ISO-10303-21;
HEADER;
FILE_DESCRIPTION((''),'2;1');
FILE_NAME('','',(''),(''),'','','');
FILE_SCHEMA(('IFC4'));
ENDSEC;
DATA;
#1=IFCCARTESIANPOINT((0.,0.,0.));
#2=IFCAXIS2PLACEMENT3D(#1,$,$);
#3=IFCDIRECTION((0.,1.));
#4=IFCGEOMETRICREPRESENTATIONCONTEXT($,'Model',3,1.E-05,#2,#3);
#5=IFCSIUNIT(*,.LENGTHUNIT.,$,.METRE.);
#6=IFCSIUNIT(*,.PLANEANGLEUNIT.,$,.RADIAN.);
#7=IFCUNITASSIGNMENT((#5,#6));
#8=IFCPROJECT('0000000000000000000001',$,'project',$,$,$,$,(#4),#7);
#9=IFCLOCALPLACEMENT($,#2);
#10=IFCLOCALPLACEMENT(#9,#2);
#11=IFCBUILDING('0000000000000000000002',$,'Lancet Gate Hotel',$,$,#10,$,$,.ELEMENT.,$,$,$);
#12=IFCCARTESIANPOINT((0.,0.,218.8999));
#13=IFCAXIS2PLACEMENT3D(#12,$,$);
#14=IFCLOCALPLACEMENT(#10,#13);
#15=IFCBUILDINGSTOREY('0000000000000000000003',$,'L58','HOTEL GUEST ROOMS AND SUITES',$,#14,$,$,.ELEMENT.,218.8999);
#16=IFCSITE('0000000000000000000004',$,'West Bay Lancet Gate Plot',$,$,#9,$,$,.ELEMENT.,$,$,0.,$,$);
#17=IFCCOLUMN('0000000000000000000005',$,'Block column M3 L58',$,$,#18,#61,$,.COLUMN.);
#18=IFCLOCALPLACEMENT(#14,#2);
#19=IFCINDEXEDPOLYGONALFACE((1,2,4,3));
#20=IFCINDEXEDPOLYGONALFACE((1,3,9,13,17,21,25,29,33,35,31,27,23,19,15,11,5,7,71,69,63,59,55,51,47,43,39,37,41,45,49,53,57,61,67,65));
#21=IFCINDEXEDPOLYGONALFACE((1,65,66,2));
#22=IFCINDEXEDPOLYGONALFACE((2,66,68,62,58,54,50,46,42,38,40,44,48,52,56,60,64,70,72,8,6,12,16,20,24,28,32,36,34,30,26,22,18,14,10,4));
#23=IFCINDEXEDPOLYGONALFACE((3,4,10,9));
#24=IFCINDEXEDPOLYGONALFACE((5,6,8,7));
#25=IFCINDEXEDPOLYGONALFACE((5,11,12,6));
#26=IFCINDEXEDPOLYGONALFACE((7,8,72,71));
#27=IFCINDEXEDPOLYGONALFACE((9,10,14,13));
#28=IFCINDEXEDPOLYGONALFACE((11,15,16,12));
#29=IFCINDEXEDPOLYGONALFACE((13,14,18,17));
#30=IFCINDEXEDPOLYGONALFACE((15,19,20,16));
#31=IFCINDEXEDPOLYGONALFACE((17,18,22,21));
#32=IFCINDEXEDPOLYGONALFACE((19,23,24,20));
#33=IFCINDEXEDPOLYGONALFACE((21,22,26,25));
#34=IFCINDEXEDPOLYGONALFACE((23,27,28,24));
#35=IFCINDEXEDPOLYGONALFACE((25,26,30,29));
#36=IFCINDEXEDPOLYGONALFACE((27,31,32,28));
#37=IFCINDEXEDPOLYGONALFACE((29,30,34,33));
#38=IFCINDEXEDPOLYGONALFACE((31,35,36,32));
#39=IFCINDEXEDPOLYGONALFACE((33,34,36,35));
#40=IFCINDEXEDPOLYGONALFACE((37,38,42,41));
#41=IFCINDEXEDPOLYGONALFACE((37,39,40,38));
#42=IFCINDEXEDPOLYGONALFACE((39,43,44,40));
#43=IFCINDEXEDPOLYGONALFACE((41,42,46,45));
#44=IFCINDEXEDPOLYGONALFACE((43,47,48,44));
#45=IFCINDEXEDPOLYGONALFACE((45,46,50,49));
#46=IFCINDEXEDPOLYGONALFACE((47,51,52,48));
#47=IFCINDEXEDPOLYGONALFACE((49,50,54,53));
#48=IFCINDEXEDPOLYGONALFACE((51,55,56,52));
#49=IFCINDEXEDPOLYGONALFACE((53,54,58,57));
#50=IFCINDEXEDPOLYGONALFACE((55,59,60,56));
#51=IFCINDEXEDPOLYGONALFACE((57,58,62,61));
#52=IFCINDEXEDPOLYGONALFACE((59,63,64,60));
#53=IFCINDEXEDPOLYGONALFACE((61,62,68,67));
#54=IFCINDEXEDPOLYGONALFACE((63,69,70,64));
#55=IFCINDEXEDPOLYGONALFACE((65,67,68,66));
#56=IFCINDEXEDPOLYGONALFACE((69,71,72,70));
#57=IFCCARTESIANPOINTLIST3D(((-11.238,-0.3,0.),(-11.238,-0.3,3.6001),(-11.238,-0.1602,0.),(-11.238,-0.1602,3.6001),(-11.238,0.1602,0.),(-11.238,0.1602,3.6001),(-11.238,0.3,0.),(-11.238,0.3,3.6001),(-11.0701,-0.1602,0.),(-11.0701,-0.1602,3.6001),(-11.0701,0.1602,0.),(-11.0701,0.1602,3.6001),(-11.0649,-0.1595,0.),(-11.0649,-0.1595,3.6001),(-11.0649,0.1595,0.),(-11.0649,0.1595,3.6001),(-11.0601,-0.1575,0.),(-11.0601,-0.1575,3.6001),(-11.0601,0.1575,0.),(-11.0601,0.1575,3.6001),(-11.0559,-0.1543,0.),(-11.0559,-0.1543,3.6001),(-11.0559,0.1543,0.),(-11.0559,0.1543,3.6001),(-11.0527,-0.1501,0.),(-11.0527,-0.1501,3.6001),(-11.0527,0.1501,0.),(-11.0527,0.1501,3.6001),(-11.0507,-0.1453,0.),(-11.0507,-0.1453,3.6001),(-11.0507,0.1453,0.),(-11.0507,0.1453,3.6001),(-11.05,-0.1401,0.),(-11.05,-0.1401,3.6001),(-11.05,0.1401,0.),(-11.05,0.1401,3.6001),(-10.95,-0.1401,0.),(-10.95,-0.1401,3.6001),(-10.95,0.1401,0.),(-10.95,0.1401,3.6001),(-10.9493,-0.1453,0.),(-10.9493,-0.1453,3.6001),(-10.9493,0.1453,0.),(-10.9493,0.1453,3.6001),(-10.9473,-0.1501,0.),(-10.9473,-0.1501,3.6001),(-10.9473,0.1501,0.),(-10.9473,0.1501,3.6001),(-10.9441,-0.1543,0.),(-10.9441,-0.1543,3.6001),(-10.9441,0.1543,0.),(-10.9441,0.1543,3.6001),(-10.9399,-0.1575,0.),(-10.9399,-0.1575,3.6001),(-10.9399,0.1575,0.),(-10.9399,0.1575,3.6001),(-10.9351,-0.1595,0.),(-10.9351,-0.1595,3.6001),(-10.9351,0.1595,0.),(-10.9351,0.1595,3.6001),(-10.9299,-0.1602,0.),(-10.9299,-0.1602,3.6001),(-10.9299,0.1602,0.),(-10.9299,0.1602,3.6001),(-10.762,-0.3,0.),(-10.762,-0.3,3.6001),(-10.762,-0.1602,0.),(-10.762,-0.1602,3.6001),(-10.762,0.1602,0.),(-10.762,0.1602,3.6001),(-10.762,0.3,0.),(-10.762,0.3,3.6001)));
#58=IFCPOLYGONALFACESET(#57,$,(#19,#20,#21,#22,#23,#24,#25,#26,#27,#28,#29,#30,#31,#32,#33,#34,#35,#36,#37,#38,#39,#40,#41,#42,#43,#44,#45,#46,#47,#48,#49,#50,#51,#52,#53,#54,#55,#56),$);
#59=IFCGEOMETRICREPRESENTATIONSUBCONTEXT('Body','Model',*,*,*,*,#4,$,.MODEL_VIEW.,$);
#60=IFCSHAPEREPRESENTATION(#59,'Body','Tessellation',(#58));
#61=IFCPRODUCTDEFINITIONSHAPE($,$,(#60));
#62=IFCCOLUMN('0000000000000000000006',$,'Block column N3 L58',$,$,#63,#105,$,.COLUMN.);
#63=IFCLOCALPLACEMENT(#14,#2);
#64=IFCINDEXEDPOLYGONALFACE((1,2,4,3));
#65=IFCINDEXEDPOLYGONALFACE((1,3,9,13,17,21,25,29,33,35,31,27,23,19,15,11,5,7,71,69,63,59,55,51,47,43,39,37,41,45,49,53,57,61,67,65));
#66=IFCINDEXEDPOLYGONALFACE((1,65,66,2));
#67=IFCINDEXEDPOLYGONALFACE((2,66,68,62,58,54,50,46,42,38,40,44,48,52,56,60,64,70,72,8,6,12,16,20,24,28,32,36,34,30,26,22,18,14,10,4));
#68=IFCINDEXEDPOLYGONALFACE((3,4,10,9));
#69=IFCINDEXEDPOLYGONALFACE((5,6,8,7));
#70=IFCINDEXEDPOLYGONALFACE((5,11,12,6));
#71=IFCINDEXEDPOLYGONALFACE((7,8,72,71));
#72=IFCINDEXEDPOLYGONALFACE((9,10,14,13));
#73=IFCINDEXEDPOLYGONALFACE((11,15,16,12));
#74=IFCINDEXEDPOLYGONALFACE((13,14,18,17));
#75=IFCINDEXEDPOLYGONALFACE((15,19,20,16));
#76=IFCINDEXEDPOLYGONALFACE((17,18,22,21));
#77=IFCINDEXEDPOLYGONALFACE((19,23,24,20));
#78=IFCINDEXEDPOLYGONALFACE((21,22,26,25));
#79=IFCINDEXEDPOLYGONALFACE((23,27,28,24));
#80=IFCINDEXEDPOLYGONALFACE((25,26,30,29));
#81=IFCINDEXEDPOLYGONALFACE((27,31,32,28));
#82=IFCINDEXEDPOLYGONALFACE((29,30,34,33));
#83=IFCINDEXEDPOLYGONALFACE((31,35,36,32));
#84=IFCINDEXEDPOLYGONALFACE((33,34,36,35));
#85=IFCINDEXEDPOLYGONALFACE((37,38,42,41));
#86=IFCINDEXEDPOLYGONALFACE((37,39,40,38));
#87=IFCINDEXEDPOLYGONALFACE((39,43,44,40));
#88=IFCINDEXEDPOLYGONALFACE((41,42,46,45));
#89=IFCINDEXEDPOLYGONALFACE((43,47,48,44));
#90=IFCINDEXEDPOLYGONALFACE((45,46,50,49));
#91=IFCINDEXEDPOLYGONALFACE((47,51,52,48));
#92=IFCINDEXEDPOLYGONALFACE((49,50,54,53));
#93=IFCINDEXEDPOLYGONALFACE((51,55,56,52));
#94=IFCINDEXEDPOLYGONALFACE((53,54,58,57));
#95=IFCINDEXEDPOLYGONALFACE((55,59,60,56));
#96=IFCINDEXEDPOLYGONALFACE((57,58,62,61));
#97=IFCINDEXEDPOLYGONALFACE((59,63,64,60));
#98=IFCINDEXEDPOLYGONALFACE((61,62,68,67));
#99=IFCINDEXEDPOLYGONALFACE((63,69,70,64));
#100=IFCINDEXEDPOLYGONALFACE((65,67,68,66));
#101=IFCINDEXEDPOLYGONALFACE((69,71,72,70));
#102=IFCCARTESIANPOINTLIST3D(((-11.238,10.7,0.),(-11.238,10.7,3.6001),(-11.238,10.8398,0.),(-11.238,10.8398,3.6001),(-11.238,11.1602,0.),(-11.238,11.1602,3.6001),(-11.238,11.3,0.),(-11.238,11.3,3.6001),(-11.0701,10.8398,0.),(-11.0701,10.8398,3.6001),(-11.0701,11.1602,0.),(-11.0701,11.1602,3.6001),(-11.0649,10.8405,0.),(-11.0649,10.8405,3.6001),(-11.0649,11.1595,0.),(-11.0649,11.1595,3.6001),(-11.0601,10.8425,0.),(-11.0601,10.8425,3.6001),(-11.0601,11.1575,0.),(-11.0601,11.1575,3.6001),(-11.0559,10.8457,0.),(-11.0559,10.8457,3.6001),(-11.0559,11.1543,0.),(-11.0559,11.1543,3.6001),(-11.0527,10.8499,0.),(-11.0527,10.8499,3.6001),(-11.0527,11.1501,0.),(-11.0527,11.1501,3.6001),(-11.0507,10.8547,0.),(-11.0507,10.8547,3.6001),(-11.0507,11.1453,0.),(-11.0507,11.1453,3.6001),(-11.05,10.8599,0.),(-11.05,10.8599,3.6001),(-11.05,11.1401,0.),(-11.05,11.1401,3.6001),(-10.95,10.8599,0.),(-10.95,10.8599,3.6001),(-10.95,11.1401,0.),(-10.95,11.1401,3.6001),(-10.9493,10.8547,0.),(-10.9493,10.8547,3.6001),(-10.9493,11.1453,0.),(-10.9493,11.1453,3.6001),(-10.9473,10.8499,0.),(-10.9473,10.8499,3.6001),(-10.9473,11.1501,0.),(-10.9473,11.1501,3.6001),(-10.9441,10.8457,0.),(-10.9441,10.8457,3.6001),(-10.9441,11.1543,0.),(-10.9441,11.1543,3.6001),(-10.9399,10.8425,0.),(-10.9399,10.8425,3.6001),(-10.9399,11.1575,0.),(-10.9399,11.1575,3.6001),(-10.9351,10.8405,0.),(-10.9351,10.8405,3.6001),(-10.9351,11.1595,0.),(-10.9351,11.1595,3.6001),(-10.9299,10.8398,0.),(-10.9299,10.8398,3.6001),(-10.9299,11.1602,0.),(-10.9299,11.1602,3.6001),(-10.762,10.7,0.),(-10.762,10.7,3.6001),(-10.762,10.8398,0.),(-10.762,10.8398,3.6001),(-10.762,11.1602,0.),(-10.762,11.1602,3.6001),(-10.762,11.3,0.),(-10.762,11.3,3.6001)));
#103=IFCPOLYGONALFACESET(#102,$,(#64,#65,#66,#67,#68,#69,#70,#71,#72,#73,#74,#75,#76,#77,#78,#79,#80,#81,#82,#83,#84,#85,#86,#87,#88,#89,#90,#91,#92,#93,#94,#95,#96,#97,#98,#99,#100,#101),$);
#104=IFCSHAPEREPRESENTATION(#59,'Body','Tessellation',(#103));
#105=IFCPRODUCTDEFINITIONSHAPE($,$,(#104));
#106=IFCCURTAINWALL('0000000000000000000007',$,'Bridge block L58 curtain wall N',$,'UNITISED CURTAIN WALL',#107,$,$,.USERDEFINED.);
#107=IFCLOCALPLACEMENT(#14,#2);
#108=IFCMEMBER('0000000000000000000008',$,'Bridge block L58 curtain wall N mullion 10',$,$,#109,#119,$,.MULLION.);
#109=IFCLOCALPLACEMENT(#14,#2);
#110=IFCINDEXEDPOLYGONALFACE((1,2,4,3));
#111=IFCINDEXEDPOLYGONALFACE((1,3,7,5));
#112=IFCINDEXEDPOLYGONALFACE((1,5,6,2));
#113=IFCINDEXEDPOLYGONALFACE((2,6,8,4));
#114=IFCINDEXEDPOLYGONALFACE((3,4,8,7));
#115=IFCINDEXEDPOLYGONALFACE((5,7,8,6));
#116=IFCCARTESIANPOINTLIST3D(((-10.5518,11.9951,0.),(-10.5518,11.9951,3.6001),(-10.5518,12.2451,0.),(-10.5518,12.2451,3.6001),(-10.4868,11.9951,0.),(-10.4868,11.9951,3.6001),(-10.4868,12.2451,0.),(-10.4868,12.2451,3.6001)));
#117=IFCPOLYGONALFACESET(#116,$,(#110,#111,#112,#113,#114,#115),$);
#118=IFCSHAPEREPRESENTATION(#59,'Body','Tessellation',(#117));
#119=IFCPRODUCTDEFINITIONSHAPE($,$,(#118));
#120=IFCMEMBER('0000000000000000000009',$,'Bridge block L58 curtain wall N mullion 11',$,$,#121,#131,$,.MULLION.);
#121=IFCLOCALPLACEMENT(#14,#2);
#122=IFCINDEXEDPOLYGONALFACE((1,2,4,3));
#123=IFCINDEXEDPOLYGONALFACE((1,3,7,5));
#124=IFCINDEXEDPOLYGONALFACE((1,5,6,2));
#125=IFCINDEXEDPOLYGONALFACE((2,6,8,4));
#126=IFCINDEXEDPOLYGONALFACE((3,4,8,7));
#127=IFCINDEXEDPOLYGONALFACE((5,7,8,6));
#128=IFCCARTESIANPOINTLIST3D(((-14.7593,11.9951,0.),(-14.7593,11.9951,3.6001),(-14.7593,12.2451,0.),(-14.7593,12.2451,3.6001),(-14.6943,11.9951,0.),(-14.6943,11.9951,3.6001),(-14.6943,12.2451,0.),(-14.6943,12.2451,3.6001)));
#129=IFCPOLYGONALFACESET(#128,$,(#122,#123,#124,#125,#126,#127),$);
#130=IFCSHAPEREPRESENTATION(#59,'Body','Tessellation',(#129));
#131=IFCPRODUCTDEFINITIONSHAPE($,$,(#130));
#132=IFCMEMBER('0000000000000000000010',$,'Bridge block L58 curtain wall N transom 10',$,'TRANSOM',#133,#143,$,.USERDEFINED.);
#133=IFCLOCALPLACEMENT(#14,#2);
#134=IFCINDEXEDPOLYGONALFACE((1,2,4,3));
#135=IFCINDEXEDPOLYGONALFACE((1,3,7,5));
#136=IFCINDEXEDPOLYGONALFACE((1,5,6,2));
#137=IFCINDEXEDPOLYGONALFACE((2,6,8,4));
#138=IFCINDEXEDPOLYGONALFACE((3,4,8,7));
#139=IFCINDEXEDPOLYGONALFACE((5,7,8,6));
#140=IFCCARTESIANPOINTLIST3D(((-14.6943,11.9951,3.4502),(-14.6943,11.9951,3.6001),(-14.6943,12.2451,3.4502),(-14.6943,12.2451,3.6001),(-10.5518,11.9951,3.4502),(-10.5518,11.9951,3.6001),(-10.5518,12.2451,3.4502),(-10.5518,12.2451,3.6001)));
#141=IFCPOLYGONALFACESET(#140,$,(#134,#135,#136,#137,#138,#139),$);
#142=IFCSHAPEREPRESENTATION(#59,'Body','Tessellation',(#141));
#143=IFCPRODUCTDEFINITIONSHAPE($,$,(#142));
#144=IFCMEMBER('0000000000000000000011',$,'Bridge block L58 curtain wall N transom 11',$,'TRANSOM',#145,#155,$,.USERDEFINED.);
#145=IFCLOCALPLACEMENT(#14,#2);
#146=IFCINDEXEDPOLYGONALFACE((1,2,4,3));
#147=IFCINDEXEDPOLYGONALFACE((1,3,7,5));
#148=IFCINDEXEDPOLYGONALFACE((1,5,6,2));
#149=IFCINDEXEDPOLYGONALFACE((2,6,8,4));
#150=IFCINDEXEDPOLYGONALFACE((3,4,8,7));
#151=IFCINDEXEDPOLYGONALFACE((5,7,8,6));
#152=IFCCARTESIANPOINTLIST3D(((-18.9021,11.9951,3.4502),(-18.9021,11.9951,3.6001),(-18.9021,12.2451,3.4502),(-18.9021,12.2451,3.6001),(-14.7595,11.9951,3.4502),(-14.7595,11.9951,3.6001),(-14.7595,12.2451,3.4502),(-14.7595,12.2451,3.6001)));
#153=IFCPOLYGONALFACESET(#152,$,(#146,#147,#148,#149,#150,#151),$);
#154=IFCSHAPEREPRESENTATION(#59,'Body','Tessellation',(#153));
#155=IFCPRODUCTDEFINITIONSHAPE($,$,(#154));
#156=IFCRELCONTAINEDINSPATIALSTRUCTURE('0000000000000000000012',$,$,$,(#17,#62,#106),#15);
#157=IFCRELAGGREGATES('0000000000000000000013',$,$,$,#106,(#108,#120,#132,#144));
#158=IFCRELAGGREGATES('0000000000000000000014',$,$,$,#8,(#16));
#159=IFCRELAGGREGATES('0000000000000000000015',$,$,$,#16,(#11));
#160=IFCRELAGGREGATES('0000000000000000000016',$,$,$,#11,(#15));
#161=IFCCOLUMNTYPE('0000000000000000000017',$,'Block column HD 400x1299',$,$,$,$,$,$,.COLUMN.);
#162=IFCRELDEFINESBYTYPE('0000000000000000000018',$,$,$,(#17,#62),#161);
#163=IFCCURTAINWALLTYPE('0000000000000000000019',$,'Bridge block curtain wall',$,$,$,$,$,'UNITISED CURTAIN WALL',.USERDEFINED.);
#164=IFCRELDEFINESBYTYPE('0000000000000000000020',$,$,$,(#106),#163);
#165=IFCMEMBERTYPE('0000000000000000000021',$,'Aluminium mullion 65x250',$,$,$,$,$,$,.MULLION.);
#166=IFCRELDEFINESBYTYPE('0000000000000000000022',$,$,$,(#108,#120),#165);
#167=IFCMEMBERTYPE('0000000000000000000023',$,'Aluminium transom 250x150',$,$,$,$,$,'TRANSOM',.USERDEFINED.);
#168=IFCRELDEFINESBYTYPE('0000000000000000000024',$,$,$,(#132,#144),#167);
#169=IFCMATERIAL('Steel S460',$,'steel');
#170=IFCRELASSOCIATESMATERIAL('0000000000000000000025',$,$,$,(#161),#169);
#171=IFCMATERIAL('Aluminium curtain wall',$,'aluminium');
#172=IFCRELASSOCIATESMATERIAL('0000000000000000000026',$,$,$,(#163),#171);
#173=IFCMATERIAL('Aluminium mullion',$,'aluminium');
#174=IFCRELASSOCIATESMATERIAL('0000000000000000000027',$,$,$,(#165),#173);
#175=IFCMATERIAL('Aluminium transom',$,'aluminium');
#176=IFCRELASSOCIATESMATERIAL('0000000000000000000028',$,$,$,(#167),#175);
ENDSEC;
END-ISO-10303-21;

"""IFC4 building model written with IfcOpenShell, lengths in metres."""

from ifc_helpers import new_model, si_unit, direction, frame, origin, origin_2d, place, context, subcontext, project, spatial, rectangle, i_section, extrude, material, material_profile, profile_set, type_object, element, aggregate, save


model = new_model("IFC4")

# Units and contexts
model_context = context("Model", 3, precision=1e-05, world=origin(), true_north=direction((0.0, 1.0)))
body_context = subcontext(model_context, "Body", "Model", "MODEL_VIEW")
ifc_project = project(units=[si_unit("LENGTHUNIT", "METRE"), si_unit("PLANEANGLEUNIT", "RADIAN")], contexts=[model_context])

# Site, building, storey
site_placement = place(None, origin())
site = spatial("IfcSite", under=ifc_project, at=site_placement, Name="West Bay Lancet Gate Plot", CompositionType="ELEMENT", RefElevation=0.0)
building_placement = place(site_placement, origin())
building = spatial("IfcBuilding", under=site, at=building_placement, Name="Lancet Gate Hotel", CompositionType="ELEMENT")
storey_placement = place(building_placement, frame((0.0, 0.0, 218.8999)))
storey = spatial("IfcBuildingStorey", under=building, at=storey_placement, Name="L58", Description="HOTEL GUEST ROOMS AND SUITES", CompositionType="ELEMENT", Elevation=218.8999)

# Columns
ifc_material_1 = material(Name="Steel S460", Category="steel")
ifc_material_profile_1 = material_profile(ifc_material_1, i_section(OverallWidth=0.4761, OverallDepth=0.6001, WebThickness=0.1001, FlangeThickness=0.1399, FilletRadius=0.02, at=origin_2d()), Name="HD 400x1299")
ifc_profile_set_1 = profile_set([ifc_material_profile_1], Name="Steel S460")
column_type = type_object("IfcColumnType", Name="Block column HD 400x1299", PredefinedType="COLUMN", material=ifc_profile_set_1)
for number, where, z_axis, x_axis, name in (
    (1, (-11.0, 0.0, 0.0), (0.0, 0.0, 1.0), (1.0, 0.0, 0.0), "Block column M3 L58"),
    (2, (-11.0, 11.0, 0.0), (0.0, 0.0, 1.0), (1.0, 0.0, 0.0), "Block column N3 L58"),
):
    element("IfcColumn", number, at=place(storey_placement, frame(where, z_axis=z_axis, x_axis=x_axis)), inside=storey, type_object=column_type, Name=name, PredefinedType="COLUMN", context=body_context, shape_type="SweptSolid", body=[
        extrude(i_section(OverallWidth=0.4761, OverallDepth=0.6001, WebThickness=0.1001, FlangeThickness=0.1399, FilletRadius=0.02, at=origin_2d()), origin(), (0.0, 0.0, 1.0), 3.6001),
    ])

# Curtain wall, members
ifc_material_2 = material(Name="Aluminium curtain wall", Category="aluminium")
curtain_wall_type = type_object("IfcCurtainWallType", Name="Bridge block curtain wall", ElementType="UNITISED CURTAIN WALL", PredefinedType="USERDEFINED", material=ifc_material_2)
curtain_wall_placement = place(storey_placement, origin())
curtain_wall = element("IfcCurtainWall", 3, at=curtain_wall_placement, inside=storey, type_object=curtain_wall_type, Name="Bridge block L58 curtain wall N", ObjectType="UNITISED CURTAIN WALL", PredefinedType="USERDEFINED")
ifc_material_3 = material(Name="Aluminium mullion", Category="aluminium")
ifc_material_profile_2 = material_profile(ifc_material_3, rectangle(XDim=0.0649, YDim=0.25, at=origin_2d()), Name="MULLION 65x250")
ifc_profile_set_2 = profile_set([ifc_material_profile_2], Name="Aluminium mullion")
member_type_1 = type_object("IfcMemberType", Name="Aluminium mullion 65x250", PredefinedType="MULLION", material=ifc_profile_set_2)
member_1_placement = place(storey_placement, frame((-10.5193, 12.1201, 0.0), z_axis=(0.0, 0.0, 1.0), x_axis=(-1.0, 0.0, 0.0)))
member_1 = element("IfcMember", 4, at=member_1_placement, type_object=member_type_1, Name="Bridge block L58 curtain wall N mullion 10", PredefinedType="MULLION", context=body_context, shape_type="SweptSolid", body=[
    extrude(rectangle(XDim=0.0649, YDim=0.25, at=origin_2d()), origin(), (0.0, 0.0, 1.0), 3.6001),
])
member_2_placement = place(storey_placement, frame((-14.7268, 12.1201, 0.0), z_axis=(0.0, 0.0, 1.0), x_axis=(-1.0, 0.0, 0.0)))
member_2 = element("IfcMember", 5, at=member_2_placement, type_object=member_type_1, Name="Bridge block L58 curtain wall N mullion 11", PredefinedType="MULLION", context=body_context, shape_type="SweptSolid", body=[
    extrude(rectangle(XDim=0.0649, YDim=0.25, at=origin_2d()), origin(), (0.0, 0.0, 1.0), 3.6001),
])
ifc_material_4 = material(Name="Aluminium transom", Category="aluminium")
ifc_material_profile_3 = material_profile(ifc_material_4, rectangle(XDim=0.25, YDim=0.1499, at=origin_2d()), Name="TRANSOM 250x150")
ifc_profile_set_3 = profile_set([ifc_material_profile_3], Name="Aluminium transom")
member_type_2 = type_object("IfcMemberType", Name="Aluminium transom 250x150", ElementType="TRANSOM", PredefinedType="USERDEFINED", material=ifc_profile_set_3)
member_3_placement = place(storey_placement, frame((-10.5518, 12.1201, 3.5251), z_axis=(-1.0, 0.0, 0.0), x_axis=(0.0, -1.0, 0.0)))
member_3 = element("IfcMember", 6, at=member_3_placement, type_object=member_type_2, Name="Bridge block L58 curtain wall N transom 10", ObjectType="TRANSOM", PredefinedType="USERDEFINED", context=body_context, shape_type="SweptSolid", body=[
    extrude(rectangle(XDim=0.25, YDim=0.1499, at=origin_2d()), origin(), (0.0, 0.0, 1.0), 4.1426),
])
member_4_placement = place(storey_placement, frame((-14.7595, 12.1201, 3.5251), z_axis=(-1.0, 0.0, 0.0), x_axis=(0.0, -1.0, 0.0)))
member_4 = element("IfcMember", 7, at=member_4_placement, type_object=member_type_2, Name="Bridge block L58 curtain wall N transom 11", ObjectType="TRANSOM", PredefinedType="USERDEFINED", context=body_context, shape_type="SweptSolid", body=[
    extrude(rectangle(XDim=0.25, YDim=0.1499, at=origin_2d()), origin(), (0.0, 0.0, 1.0), 4.1426),
])

aggregate(curtain_wall, [member_1, member_2, member_3, member_4])

save(model, "model.ifc")
